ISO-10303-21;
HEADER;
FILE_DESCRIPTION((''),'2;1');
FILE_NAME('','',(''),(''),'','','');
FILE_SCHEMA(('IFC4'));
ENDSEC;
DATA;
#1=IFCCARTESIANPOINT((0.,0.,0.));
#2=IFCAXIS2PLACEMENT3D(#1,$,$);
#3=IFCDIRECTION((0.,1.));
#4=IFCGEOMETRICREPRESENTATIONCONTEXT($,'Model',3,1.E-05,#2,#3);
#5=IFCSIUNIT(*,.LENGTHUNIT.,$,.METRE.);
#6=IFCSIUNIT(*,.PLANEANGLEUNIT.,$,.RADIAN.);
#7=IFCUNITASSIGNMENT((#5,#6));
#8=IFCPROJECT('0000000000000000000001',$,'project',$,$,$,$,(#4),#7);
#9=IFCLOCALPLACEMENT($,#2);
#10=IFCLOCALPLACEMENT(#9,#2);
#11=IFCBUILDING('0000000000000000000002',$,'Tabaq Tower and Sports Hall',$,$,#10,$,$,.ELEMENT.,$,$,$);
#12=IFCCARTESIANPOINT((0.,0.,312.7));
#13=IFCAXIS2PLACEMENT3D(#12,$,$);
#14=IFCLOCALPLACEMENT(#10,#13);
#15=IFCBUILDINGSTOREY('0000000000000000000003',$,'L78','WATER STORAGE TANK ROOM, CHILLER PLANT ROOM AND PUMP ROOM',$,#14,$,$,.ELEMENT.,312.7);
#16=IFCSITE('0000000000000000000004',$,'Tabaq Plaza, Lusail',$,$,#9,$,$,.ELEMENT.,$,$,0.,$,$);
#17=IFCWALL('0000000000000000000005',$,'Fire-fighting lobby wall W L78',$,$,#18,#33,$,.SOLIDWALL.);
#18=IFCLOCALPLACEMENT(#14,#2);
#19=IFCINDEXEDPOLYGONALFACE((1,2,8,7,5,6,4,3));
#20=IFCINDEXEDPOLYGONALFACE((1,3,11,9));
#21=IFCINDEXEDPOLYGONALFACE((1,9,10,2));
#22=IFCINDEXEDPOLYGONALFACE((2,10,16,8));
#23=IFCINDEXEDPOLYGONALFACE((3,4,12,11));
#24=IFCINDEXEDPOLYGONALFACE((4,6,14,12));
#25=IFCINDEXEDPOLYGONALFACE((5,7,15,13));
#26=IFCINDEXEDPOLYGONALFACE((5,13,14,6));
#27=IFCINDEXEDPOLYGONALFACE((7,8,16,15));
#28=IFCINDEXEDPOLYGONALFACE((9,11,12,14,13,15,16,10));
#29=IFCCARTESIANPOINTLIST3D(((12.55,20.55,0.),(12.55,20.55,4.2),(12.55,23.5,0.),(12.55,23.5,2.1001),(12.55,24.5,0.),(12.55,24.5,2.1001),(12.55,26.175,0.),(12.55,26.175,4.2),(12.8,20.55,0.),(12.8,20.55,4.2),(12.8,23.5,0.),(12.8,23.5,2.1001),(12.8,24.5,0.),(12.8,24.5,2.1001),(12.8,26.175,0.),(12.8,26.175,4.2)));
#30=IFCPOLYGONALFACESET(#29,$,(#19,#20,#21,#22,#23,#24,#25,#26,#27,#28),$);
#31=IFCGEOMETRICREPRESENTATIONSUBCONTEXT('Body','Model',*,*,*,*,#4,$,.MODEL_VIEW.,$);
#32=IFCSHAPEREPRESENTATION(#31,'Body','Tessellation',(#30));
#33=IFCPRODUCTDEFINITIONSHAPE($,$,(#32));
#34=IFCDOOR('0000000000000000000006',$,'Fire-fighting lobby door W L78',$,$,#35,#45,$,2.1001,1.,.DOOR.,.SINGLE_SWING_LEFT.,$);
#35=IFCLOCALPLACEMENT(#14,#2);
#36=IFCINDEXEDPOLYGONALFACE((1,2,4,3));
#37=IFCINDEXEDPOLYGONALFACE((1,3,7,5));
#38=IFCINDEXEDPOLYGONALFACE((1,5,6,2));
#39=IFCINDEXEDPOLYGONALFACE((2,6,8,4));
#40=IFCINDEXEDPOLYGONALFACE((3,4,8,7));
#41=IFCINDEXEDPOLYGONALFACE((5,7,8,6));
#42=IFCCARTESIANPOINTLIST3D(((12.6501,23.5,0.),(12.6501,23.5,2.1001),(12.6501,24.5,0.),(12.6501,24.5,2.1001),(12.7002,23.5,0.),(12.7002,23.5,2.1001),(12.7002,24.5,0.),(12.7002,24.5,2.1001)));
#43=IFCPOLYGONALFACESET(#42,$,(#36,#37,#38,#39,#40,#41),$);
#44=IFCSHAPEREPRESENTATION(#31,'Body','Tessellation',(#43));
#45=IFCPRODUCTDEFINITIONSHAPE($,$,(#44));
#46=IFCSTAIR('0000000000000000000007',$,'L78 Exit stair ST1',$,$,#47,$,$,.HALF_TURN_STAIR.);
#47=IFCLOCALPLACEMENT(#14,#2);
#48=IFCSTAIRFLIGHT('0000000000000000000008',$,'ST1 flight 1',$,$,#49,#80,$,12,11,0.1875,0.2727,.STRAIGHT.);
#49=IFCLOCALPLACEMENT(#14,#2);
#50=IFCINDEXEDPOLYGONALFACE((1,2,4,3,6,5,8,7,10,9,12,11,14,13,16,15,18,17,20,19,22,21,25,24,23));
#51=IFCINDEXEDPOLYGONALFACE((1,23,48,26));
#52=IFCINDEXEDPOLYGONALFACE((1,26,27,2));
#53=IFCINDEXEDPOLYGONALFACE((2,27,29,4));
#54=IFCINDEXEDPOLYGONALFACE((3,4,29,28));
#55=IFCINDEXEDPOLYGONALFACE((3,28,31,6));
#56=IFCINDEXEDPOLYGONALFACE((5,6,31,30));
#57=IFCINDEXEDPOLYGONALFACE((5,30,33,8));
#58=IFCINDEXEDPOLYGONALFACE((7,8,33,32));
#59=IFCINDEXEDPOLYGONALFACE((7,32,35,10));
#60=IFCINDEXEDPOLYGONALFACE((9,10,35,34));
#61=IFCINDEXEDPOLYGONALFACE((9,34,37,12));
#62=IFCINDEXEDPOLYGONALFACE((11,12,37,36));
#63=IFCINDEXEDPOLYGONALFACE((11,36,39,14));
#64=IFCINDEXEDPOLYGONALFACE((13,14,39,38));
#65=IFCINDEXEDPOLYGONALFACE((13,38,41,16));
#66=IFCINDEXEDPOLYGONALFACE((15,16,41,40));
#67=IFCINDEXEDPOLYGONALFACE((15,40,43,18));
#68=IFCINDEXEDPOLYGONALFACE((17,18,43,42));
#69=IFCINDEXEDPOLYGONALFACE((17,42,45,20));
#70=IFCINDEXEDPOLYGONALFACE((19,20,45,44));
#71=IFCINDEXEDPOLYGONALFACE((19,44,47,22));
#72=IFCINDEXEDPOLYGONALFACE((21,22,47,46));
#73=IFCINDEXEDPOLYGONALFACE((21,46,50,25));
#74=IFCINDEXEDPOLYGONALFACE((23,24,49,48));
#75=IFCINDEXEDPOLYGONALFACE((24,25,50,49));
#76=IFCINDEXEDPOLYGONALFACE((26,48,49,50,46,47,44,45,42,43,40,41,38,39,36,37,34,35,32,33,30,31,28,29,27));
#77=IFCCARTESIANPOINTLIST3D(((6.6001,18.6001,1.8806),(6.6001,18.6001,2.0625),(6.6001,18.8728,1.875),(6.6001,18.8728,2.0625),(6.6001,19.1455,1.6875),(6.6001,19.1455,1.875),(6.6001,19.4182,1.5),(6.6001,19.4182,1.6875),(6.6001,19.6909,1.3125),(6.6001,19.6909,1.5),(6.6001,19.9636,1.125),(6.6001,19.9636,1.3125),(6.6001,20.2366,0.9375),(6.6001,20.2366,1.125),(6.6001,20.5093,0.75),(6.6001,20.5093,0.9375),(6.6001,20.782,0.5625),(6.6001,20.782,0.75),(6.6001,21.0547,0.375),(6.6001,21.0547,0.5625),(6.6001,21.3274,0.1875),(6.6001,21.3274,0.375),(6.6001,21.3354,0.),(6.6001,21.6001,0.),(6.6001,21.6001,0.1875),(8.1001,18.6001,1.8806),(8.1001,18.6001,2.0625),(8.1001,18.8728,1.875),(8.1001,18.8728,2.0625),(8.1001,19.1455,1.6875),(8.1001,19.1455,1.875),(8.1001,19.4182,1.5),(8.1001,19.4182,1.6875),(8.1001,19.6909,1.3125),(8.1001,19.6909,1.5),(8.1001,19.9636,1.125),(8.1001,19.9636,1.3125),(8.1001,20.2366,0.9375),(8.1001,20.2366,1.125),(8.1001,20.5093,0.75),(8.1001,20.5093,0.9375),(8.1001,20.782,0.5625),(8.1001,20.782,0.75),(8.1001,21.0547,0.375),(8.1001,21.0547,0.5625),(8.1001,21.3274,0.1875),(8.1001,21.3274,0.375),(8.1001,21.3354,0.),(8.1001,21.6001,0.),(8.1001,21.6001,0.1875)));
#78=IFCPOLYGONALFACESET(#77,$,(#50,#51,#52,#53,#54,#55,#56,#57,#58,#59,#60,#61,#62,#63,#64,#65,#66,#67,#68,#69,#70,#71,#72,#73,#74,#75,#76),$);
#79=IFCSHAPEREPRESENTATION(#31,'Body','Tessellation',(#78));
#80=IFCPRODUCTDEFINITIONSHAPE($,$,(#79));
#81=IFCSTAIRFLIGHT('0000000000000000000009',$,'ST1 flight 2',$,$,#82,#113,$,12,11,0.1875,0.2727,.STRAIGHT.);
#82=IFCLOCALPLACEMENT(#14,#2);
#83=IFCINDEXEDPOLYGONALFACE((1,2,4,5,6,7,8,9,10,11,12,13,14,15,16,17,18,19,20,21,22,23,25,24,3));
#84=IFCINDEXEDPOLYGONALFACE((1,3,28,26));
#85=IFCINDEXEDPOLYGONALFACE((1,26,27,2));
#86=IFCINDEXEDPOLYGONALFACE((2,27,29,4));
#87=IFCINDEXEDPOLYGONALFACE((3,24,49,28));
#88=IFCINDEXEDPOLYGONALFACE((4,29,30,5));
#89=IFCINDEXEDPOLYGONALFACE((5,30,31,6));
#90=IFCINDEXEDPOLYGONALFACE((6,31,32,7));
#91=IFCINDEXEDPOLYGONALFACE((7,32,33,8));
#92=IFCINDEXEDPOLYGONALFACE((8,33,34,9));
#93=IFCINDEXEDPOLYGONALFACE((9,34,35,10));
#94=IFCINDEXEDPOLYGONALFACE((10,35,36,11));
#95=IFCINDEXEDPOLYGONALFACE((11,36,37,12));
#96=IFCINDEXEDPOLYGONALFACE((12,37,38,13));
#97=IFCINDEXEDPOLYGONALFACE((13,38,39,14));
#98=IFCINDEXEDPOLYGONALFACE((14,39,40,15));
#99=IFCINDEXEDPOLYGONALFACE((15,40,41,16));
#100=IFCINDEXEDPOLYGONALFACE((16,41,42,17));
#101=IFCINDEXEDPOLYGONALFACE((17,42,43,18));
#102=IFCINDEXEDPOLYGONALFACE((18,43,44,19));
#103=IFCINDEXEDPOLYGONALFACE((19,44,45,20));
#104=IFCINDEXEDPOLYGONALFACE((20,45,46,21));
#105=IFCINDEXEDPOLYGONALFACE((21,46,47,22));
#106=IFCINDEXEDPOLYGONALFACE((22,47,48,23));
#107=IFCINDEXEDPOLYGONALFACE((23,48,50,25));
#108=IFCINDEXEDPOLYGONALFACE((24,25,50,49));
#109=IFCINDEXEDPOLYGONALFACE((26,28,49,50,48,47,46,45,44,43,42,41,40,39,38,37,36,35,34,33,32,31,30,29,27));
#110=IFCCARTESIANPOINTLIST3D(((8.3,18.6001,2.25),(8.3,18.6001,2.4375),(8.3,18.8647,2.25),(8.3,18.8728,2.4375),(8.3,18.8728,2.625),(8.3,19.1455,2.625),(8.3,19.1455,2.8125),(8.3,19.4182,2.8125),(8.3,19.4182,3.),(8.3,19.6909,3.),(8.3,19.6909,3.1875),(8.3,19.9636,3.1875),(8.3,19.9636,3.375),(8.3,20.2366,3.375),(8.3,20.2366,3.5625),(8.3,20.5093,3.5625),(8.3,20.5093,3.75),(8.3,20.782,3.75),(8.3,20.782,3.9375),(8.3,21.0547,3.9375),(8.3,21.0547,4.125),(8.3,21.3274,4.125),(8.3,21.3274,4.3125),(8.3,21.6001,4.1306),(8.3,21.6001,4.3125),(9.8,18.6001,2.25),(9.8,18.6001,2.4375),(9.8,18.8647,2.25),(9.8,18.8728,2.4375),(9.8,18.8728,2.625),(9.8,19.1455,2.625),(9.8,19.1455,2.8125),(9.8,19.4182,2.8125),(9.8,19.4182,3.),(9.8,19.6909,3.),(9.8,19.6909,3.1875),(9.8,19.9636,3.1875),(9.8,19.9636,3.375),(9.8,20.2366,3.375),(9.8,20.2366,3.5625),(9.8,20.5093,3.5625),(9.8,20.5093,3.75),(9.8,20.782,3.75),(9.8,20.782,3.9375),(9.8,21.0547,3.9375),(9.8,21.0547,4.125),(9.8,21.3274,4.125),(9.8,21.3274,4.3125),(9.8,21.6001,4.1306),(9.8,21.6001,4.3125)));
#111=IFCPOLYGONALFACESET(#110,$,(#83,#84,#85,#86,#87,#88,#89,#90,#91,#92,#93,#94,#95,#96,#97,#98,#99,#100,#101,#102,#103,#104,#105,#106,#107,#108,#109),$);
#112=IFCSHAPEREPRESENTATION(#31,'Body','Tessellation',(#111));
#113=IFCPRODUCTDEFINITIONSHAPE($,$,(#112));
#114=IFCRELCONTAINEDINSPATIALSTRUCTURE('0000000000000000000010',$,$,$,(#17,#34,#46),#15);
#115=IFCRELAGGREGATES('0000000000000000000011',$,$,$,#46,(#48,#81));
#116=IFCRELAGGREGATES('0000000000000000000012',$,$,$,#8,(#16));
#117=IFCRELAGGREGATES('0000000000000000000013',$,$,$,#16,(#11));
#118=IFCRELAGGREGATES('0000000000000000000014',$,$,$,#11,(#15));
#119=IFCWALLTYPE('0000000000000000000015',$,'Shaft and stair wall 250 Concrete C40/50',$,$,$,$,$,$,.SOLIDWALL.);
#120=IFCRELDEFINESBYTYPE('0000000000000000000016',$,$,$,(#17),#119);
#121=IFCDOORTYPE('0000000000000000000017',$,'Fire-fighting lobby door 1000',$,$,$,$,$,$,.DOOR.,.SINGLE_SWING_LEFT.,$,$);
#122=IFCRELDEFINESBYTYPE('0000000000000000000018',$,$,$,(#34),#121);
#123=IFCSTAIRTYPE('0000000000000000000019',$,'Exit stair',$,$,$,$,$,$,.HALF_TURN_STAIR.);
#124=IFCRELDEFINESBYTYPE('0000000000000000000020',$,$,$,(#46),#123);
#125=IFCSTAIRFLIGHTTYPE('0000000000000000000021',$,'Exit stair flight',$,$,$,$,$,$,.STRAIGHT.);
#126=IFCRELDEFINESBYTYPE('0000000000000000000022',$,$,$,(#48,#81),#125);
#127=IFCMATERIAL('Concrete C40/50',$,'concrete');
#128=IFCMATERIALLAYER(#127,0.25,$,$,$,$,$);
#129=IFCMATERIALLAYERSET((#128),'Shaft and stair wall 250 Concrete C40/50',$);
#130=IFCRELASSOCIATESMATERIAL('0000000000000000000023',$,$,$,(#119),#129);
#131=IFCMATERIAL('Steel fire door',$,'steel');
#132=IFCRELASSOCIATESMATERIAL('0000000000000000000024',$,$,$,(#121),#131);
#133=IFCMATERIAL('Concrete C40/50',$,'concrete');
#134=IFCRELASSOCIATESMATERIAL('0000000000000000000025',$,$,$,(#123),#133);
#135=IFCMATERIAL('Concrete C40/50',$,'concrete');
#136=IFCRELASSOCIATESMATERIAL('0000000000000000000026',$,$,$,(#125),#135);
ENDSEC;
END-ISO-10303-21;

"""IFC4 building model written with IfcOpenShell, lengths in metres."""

from ifc_helpers import new_model, si_unit, direction, frame, frame_2d, origin, place, context, subcontext, project, spatial, polyline, rectangle, outline, extrude, material, layer, layer_set, type_object, element, fill, aggregate, save


model = new_model("IFC4")

# Units and contexts
model_context = context("Model", 3, precision=1e-05, world=origin(), true_north=direction((0.0, 1.0)))
body_context = subcontext(model_context, "Body", "Model", "MODEL_VIEW")
ifc_project = project(units=[si_unit("LENGTHUNIT", "METRE"), si_unit("PLANEANGLEUNIT", "RADIAN")], contexts=[model_context])

# Site, building, storey
site_placement = place(None, origin())
site = spatial("IfcSite", under=ifc_project, at=site_placement, Name="Tabaq Plaza, Lusail", CompositionType="ELEMENT", RefElevation=0.0)
building_placement = place(site_placement, origin())
building = spatial("IfcBuilding", under=site, at=building_placement, Name="Tabaq Tower and Sports Hall", CompositionType="ELEMENT")
storey_placement = place(building_placement, frame((0.0, 0.0, 312.7)))
storey = spatial("IfcBuildingStorey", under=building, at=storey_placement, Name="L78", Description="WATER STORAGE TANK ROOM, CHILLER PLANT ROOM AND PUMP ROOM", CompositionType="ELEMENT", Elevation=312.7)

# Shared definitions
ifc_material_1 = material(Name="Concrete C40/50", Category="concrete")
ifc_layer_1 = layer(ifc_material_1, 0.25)
ifc_layer_set_1 = layer_set([ifc_layer_1], Name="Shaft and stair wall 250 Concrete C40/50")
wall_type_1 = type_object("IfcWallType", Name="Shaft and stair wall 250 Concrete C40/50", PredefinedType="SOLIDWALL", material=ifc_layer_set_1)

# Wall, opening, door
wall_1_placement = place(storey_placement, frame((12.675, 20.55, 0.0), z_axis=(0.0, 0.0, 1.0), x_axis=(0.0, 1.0, 0.0)))
wall_1 = element("IfcWall", 1, at=wall_1_placement, inside=storey, type_object=wall_type_1, Name="Fire-fighting lobby wall W L78", PredefinedType="SOLIDWALL", context=body_context, shape_type="SweptSolid", body=[
    extrude(rectangle(XDim=5.625, YDim=0.25, at=frame_2d((2.8125, 0.0))), origin(), (0.0, 0.0, 1.0), 4.2),
])
opening_1_placement = place(wall_1_placement, frame((2.95, 0.0, 0.0)))
opening_1 = element("IfcOpeningElement", 2, at=opening_1_placement, cuts=wall_1, PredefinedType="OPENING", context=body_context, shape_type="SweptSolid", body=[
    extrude(rectangle(XDim=1.0, YDim=2.1001, at=frame_2d((0.5, 1.05))), frame((0.0, 0.125, 0.0), z_axis=(0.0, -1.0, 0.0), x_axis=(1.0, 0.0, 0.0)), (0.0, 0.0, 1.0), 0.25),
])
ifc_material_2 = material(Name="Steel fire door", Category="steel")
door_type_1 = type_object("IfcDoorType", Name="Fire-fighting lobby door 1000", OperationType="SINGLE_SWING_LEFT", PredefinedType="DOOR", material=ifc_material_2)
door_1_placement = place(opening_1_placement, origin())
door_1 = element("IfcDoor", 3, at=door_1_placement, inside=storey, type_object=door_type_1, Name="Fire-fighting lobby door W L78", OperationType="SINGLE_SWING_LEFT", OverallHeight=2.1001, OverallWidth=1.0, PredefinedType="DOOR", context=body_context, shape_type="SweptSolid", body=[
    extrude(rectangle(XDim=1.0, YDim=2.1001, at=frame_2d((0.5, 1.05))), frame((0.0, 0.0249, 0.0), z_axis=(0.0, -1.0, 0.0), x_axis=(1.0, 0.0, 0.0)), (0.0, 0.0, 1.0), 0.05),
])
fill(opening_1, door_1)

# Stair, stair flights
ifc_material_3 = material(Name="Concrete C40/50", Category="concrete")
stair_type = type_object("IfcStairType", Name="Exit stair", PredefinedType="HALF_TURN_STAIR", material=ifc_material_3)
stair_placement = place(storey_placement, origin())
stair = element("IfcStair", 4, at=stair_placement, inside=storey, type_object=stair_type, Name="L78 Exit stair ST1", PredefinedType="HALF_TURN_STAIR")
ifc_material_4 = material(Name="Concrete C40/50", Category="concrete")
stair_flight_type = type_object("IfcStairFlightType", Name="Exit stair flight", PredefinedType="STRAIGHT", material=ifc_material_4)
stair_flight_1_placement = place(storey_placement, frame((7.3501, 21.6001, 0.0), z_axis=(0.0, 0.0, 1.0), x_axis=(0.0, -1.0, 0.0)))
stair_flight_1 = element("IfcStairFlight", 5, at=stair_flight_1_placement, type_object=stair_flight_type, Name="ST1 flight 1", NumberOfRisers=12, NumberOfTreads=11, PredefinedType="STRAIGHT", RiserHeight=0.1875, TreadLength=0.2727, context=body_context, shape_type="SweptSolid", body=[
    extrude(outline(polyline([(0.0, 0.0), (0.0, 0.1875), (0.2727, 0.1875), (0.2727, 0.375), (0.5454, 0.375), (0.5454, 0.5625), (0.8181, 0.5625), (0.8181, 0.75), (1.0908, 0.75), (1.0908, 0.9375), (1.3635, 0.9375), (1.3635, 1.125), (1.6365, 1.125), (1.6365, 1.3125), (1.9092, 1.3125), (1.9092, 1.5), (2.1819, 1.5), (2.1819, 1.6875), (2.4546, 1.6875), (2.4546, 1.875), (2.7273, 1.875), (2.7273, 2.0625), (3.0, 2.0625), (3.0, 2.25), (3.0, 1.8806), (0.2646, 0.0), (0.0, 0.0)])), frame((0.0, 0.75, 0.0), z_axis=(0.0, -1.0, 0.0), x_axis=(1.0, 0.0, 0.0)), (0.0, 0.0, 1.0), 1.5),
])
stair_flight_2_placement = place(storey_placement, frame((9.05, 18.6001, 2.25), z_axis=(0.0, 0.0, 1.0), x_axis=(0.0, 1.0, 0.0)))
stair_flight_2 = element("IfcStairFlight", 6, at=stair_flight_2_placement, type_object=stair_flight_type, Name="ST1 flight 2", NumberOfRisers=12, NumberOfTreads=11, PredefinedType="STRAIGHT", RiserHeight=0.1875, TreadLength=0.2727, context=body_context, shape_type="SweptSolid", body=[
    extrude(outline(polyline([(0.0, 0.0), (0.0, 0.1875), (0.2727, 0.1875), (0.2727, 0.375), (0.5454, 0.375), (0.5454, 0.5625), (0.8181, 0.5625), (0.8181, 0.75), (1.0908, 0.75), (1.0908, 0.9375), (1.3635, 0.9375), (1.3635, 1.125), (1.6365, 1.125), (1.6365, 1.3125), (1.9092, 1.3125), (1.9092, 1.5), (2.1819, 1.5), (2.1819, 1.6875), (2.4546, 1.6875), (2.4546, 1.875), (2.7273, 1.875), (2.7273, 2.0625), (3.0, 2.0625), (3.0, 2.25), (3.0, 1.8806), (0.2646, 0.0), (0.0, 0.0)])), frame((0.0, 0.75, 0.0), z_axis=(0.0, -1.0, 0.0), x_axis=(1.0, 0.0, 0.0)), (0.0, 0.0, 1.0), 1.5),
])
aggregate(stair, [stair_flight_1, stair_flight_2])

save(model, "model.ifc")
